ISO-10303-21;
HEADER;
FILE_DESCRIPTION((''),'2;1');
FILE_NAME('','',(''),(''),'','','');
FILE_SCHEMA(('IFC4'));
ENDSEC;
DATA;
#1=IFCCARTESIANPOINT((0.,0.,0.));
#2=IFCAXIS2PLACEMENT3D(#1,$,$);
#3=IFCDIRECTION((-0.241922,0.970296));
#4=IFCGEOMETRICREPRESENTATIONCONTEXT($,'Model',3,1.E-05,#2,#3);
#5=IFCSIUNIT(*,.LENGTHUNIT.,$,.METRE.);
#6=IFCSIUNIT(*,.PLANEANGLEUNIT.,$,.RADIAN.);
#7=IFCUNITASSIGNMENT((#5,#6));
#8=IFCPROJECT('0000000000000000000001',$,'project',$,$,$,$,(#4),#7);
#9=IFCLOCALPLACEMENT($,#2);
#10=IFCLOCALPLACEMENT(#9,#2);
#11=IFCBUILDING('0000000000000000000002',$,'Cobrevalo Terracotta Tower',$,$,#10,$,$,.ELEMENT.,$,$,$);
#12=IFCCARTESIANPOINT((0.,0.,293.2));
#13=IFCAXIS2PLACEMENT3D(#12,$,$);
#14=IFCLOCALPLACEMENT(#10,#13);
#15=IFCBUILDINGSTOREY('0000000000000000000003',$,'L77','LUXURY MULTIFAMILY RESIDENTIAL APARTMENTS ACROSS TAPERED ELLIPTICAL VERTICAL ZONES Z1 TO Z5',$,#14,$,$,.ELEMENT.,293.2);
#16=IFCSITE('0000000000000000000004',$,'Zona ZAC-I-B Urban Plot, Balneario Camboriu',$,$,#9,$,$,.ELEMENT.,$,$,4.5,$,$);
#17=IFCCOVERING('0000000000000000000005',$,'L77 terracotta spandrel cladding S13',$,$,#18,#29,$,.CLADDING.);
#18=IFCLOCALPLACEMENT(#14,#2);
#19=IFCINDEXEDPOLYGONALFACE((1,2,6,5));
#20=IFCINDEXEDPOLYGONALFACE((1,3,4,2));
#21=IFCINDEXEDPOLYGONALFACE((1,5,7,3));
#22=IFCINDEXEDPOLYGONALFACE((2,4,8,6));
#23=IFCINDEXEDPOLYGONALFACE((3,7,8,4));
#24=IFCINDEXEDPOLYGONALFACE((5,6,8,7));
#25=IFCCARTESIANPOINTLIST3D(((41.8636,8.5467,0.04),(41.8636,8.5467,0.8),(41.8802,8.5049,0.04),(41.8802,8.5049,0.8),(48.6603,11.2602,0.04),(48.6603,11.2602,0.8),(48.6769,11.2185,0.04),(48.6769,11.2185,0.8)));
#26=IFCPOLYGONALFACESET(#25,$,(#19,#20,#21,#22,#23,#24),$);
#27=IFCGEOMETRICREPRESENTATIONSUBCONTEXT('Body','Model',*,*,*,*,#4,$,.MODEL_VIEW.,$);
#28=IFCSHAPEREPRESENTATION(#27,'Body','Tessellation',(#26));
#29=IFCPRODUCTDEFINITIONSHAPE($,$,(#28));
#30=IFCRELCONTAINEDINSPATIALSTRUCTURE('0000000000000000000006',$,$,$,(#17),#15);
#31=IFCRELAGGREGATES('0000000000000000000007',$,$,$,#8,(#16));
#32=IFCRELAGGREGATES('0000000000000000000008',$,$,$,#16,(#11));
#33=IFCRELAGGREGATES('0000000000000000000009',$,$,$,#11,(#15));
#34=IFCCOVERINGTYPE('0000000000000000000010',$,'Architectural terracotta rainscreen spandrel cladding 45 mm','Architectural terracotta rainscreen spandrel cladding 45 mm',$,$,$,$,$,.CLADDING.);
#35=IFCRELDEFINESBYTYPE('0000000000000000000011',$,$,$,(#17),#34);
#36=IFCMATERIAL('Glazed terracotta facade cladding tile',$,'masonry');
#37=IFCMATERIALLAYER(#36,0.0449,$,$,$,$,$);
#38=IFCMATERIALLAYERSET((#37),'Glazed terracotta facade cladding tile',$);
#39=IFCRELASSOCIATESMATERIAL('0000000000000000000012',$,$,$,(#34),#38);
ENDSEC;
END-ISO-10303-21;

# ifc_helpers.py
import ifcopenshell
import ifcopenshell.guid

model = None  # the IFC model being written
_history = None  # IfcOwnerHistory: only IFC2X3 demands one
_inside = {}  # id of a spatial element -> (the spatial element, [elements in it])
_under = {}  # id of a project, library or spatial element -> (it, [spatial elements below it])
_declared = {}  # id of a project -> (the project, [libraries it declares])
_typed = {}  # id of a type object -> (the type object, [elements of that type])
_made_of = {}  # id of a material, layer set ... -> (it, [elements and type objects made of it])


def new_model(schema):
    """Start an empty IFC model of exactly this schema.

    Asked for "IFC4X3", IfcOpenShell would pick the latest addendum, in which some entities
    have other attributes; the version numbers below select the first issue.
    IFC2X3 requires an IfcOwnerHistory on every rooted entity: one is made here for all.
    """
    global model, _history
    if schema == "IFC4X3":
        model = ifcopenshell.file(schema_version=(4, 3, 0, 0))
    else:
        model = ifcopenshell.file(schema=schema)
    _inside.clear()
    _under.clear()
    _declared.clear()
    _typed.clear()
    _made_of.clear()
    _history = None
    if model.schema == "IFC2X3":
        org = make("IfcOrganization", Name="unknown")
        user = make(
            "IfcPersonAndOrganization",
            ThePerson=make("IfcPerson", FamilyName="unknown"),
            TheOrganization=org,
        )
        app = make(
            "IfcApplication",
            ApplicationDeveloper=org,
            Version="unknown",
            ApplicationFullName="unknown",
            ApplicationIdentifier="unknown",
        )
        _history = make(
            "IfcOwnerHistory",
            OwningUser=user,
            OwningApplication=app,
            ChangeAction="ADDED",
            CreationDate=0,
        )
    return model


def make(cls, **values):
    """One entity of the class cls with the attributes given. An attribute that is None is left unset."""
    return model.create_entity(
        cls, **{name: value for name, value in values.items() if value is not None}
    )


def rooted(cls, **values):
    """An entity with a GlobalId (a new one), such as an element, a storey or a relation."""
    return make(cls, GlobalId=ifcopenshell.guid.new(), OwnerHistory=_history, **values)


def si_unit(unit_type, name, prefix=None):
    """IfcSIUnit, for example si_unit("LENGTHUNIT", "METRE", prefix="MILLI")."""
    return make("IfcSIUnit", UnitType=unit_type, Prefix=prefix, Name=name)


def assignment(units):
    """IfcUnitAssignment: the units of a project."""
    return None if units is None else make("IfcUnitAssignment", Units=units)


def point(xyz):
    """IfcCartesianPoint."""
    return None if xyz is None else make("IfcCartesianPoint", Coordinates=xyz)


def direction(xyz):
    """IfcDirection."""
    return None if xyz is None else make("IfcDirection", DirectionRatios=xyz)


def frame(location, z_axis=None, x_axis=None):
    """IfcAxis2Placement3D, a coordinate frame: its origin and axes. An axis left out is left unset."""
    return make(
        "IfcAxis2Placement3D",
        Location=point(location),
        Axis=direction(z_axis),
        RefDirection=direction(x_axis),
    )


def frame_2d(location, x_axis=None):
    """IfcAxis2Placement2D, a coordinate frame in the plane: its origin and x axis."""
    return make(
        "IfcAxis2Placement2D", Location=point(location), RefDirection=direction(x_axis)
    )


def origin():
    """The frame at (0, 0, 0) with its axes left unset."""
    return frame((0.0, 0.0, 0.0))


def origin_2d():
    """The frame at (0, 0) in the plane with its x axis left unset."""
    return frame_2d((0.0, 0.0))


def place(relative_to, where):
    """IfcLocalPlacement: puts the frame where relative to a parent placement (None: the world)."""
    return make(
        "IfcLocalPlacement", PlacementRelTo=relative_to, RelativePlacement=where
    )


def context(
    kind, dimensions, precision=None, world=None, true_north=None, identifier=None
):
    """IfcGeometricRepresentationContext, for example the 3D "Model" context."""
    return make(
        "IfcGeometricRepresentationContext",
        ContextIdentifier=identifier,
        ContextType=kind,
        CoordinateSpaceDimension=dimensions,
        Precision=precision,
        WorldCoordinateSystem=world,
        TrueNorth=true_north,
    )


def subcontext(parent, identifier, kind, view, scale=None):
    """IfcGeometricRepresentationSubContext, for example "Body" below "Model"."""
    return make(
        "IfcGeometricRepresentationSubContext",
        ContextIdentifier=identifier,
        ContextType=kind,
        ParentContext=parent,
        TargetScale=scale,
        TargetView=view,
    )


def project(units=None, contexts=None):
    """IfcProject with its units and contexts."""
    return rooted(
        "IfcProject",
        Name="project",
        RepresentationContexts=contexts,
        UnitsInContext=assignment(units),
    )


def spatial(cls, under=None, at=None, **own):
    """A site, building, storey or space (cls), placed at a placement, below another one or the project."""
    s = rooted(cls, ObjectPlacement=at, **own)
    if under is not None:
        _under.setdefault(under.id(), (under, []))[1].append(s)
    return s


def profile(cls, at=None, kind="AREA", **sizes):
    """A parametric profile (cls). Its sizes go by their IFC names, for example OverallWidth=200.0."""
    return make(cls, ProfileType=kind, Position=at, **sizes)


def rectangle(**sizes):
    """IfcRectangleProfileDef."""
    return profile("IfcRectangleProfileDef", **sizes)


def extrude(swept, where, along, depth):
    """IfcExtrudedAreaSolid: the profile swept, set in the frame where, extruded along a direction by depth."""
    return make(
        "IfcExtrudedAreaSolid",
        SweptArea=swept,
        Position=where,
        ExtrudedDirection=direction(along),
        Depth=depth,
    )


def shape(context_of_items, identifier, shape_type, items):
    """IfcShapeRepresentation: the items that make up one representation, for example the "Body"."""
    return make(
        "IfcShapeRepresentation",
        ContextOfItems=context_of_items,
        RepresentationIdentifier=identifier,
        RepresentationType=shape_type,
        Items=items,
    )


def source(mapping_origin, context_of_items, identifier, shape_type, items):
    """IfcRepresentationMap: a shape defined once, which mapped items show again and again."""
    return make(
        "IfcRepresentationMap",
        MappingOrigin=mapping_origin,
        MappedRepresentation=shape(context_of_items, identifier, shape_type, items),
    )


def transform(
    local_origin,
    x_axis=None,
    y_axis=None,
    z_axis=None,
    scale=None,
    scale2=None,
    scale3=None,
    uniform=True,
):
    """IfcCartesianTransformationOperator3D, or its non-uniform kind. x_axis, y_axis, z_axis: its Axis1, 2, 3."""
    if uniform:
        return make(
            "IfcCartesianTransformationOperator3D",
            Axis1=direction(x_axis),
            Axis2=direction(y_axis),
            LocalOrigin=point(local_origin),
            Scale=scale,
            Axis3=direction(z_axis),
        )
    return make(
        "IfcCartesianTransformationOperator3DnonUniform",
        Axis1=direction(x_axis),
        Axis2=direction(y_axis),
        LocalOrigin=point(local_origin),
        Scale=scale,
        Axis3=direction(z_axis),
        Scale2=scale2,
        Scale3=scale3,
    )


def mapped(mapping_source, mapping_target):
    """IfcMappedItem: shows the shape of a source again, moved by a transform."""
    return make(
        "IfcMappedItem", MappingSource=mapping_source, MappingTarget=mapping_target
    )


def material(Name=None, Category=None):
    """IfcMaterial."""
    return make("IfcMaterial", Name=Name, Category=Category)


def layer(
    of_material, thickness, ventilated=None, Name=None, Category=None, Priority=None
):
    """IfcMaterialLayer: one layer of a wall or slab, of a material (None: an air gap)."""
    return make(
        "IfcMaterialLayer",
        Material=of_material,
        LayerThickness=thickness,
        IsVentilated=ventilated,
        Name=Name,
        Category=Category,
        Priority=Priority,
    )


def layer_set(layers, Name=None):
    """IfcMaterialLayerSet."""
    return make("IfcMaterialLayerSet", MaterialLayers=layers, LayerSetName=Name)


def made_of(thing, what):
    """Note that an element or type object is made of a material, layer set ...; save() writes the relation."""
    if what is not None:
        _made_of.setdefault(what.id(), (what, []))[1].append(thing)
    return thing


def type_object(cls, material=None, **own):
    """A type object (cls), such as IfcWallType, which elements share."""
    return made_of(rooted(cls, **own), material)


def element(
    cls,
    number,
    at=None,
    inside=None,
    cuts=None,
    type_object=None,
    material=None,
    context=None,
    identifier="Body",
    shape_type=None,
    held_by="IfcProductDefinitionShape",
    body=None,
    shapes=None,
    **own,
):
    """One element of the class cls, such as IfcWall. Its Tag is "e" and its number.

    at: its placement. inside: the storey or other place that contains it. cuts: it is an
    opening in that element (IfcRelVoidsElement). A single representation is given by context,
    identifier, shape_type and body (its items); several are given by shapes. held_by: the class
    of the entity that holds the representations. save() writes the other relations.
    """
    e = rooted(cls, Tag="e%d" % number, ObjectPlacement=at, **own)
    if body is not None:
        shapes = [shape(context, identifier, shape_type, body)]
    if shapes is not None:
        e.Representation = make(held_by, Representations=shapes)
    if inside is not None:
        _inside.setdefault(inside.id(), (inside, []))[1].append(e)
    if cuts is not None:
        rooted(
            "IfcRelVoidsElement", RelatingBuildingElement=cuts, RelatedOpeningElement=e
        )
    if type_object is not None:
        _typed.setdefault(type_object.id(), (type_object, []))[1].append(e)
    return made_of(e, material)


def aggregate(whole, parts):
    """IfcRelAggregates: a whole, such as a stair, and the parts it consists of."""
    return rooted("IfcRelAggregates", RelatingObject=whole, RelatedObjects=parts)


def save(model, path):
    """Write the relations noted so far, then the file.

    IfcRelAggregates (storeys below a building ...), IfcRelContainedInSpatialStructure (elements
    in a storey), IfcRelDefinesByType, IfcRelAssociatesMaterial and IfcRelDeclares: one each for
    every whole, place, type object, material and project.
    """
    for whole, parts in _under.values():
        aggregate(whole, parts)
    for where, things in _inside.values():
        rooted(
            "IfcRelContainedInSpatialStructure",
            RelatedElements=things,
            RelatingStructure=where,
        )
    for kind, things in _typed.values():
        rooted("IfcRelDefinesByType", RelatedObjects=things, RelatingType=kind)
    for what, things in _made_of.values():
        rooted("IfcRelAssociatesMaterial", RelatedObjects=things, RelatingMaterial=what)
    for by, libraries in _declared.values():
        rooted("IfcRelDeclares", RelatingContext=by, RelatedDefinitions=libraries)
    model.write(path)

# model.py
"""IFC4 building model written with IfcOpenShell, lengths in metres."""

from ifc_helpers import new_model, si_unit, direction, frame, origin, origin_2d, place, context, subcontext, project, spatial, rectangle, extrude, source, transform, mapped, material, layer, layer_set, type_object, element, save


model = new_model("IFC4")

# Units and contexts
model_context = context("Model", 3, precision=1e-05, world=origin(), true_north=direction((-0.241922, 0.970296)))
body_context = subcontext(model_context, "Body", "Model", "MODEL_VIEW")
ifc_project = project(units=[si_unit("LENGTHUNIT", "METRE"), si_unit("PLANEANGLEUNIT", "RADIAN")], contexts=[model_context])

# Site, building, storey
site_placement = place(None, origin())
site = spatial("IfcSite", under=ifc_project, at=site_placement, Name="Zona ZAC-I-B Urban Plot, Balneario Camboriu", CompositionType="ELEMENT", RefElevation=4.5)
building_placement = place(site_placement, origin())
building = spatial("IfcBuilding", under=site, at=building_placement, Name="Cobrevalo Terracotta Tower", CompositionType="ELEMENT")
storey_placement = place(building_placement, frame((0.0, 0.0, 293.2)))
storey = spatial("IfcBuildingStorey", under=building, at=storey_placement, Name="L77", Description="LUXURY MULTIFAMILY RESIDENTIAL APARTMENTS ACROSS TAPERED ELLIPTICAL VERTICAL ZONES Z1 TO Z5", CompositionType="ELEMENT", Elevation=293.2)

# Covering
ifc_material_1 = material(Name="Glazed terracotta facade cladding tile", Category="masonry")
ifc_layer_1 = layer(ifc_material_1, 0.0449)
ifc_layer_set_1 = layer_set([ifc_layer_1], Name="Glazed terracotta facade cladding tile")
covering_type = type_object("IfcCoveringType", Name="Architectural terracotta rainscreen spandrel cladding 45 mm", Description="Architectural terracotta rainscreen spandrel cladding 45 mm", PredefinedType="CLADDING", material=ifc_layer_set_1)
shared_shape_1 = source(origin(), body_context, "Body", "SweptSolid", [
    extrude(rectangle(XDim=7.3184, YDim=0.0449, at=origin_2d()), origin(), (0.0, 0.0, 1.0), 0.76),
])
covering_placement = place(storey_placement, frame((45.2703, 9.8826, 0.04), z_axis=(0.0, 0.0, 1.0), x_axis=(0.928718, 0.370786, 0.0)))
element("IfcCovering", 1, at=covering_placement, inside=storey, type_object=covering_type, Name="L77 terracotta spandrel cladding S13", PredefinedType="CLADDING", context=body_context, shape_type="MappedRepresentation", body=[
    mapped(shared_shape_1, transform((0.0, 0.0, 0.0), scale=1.0)),
])

save(model, "model.ifc")
